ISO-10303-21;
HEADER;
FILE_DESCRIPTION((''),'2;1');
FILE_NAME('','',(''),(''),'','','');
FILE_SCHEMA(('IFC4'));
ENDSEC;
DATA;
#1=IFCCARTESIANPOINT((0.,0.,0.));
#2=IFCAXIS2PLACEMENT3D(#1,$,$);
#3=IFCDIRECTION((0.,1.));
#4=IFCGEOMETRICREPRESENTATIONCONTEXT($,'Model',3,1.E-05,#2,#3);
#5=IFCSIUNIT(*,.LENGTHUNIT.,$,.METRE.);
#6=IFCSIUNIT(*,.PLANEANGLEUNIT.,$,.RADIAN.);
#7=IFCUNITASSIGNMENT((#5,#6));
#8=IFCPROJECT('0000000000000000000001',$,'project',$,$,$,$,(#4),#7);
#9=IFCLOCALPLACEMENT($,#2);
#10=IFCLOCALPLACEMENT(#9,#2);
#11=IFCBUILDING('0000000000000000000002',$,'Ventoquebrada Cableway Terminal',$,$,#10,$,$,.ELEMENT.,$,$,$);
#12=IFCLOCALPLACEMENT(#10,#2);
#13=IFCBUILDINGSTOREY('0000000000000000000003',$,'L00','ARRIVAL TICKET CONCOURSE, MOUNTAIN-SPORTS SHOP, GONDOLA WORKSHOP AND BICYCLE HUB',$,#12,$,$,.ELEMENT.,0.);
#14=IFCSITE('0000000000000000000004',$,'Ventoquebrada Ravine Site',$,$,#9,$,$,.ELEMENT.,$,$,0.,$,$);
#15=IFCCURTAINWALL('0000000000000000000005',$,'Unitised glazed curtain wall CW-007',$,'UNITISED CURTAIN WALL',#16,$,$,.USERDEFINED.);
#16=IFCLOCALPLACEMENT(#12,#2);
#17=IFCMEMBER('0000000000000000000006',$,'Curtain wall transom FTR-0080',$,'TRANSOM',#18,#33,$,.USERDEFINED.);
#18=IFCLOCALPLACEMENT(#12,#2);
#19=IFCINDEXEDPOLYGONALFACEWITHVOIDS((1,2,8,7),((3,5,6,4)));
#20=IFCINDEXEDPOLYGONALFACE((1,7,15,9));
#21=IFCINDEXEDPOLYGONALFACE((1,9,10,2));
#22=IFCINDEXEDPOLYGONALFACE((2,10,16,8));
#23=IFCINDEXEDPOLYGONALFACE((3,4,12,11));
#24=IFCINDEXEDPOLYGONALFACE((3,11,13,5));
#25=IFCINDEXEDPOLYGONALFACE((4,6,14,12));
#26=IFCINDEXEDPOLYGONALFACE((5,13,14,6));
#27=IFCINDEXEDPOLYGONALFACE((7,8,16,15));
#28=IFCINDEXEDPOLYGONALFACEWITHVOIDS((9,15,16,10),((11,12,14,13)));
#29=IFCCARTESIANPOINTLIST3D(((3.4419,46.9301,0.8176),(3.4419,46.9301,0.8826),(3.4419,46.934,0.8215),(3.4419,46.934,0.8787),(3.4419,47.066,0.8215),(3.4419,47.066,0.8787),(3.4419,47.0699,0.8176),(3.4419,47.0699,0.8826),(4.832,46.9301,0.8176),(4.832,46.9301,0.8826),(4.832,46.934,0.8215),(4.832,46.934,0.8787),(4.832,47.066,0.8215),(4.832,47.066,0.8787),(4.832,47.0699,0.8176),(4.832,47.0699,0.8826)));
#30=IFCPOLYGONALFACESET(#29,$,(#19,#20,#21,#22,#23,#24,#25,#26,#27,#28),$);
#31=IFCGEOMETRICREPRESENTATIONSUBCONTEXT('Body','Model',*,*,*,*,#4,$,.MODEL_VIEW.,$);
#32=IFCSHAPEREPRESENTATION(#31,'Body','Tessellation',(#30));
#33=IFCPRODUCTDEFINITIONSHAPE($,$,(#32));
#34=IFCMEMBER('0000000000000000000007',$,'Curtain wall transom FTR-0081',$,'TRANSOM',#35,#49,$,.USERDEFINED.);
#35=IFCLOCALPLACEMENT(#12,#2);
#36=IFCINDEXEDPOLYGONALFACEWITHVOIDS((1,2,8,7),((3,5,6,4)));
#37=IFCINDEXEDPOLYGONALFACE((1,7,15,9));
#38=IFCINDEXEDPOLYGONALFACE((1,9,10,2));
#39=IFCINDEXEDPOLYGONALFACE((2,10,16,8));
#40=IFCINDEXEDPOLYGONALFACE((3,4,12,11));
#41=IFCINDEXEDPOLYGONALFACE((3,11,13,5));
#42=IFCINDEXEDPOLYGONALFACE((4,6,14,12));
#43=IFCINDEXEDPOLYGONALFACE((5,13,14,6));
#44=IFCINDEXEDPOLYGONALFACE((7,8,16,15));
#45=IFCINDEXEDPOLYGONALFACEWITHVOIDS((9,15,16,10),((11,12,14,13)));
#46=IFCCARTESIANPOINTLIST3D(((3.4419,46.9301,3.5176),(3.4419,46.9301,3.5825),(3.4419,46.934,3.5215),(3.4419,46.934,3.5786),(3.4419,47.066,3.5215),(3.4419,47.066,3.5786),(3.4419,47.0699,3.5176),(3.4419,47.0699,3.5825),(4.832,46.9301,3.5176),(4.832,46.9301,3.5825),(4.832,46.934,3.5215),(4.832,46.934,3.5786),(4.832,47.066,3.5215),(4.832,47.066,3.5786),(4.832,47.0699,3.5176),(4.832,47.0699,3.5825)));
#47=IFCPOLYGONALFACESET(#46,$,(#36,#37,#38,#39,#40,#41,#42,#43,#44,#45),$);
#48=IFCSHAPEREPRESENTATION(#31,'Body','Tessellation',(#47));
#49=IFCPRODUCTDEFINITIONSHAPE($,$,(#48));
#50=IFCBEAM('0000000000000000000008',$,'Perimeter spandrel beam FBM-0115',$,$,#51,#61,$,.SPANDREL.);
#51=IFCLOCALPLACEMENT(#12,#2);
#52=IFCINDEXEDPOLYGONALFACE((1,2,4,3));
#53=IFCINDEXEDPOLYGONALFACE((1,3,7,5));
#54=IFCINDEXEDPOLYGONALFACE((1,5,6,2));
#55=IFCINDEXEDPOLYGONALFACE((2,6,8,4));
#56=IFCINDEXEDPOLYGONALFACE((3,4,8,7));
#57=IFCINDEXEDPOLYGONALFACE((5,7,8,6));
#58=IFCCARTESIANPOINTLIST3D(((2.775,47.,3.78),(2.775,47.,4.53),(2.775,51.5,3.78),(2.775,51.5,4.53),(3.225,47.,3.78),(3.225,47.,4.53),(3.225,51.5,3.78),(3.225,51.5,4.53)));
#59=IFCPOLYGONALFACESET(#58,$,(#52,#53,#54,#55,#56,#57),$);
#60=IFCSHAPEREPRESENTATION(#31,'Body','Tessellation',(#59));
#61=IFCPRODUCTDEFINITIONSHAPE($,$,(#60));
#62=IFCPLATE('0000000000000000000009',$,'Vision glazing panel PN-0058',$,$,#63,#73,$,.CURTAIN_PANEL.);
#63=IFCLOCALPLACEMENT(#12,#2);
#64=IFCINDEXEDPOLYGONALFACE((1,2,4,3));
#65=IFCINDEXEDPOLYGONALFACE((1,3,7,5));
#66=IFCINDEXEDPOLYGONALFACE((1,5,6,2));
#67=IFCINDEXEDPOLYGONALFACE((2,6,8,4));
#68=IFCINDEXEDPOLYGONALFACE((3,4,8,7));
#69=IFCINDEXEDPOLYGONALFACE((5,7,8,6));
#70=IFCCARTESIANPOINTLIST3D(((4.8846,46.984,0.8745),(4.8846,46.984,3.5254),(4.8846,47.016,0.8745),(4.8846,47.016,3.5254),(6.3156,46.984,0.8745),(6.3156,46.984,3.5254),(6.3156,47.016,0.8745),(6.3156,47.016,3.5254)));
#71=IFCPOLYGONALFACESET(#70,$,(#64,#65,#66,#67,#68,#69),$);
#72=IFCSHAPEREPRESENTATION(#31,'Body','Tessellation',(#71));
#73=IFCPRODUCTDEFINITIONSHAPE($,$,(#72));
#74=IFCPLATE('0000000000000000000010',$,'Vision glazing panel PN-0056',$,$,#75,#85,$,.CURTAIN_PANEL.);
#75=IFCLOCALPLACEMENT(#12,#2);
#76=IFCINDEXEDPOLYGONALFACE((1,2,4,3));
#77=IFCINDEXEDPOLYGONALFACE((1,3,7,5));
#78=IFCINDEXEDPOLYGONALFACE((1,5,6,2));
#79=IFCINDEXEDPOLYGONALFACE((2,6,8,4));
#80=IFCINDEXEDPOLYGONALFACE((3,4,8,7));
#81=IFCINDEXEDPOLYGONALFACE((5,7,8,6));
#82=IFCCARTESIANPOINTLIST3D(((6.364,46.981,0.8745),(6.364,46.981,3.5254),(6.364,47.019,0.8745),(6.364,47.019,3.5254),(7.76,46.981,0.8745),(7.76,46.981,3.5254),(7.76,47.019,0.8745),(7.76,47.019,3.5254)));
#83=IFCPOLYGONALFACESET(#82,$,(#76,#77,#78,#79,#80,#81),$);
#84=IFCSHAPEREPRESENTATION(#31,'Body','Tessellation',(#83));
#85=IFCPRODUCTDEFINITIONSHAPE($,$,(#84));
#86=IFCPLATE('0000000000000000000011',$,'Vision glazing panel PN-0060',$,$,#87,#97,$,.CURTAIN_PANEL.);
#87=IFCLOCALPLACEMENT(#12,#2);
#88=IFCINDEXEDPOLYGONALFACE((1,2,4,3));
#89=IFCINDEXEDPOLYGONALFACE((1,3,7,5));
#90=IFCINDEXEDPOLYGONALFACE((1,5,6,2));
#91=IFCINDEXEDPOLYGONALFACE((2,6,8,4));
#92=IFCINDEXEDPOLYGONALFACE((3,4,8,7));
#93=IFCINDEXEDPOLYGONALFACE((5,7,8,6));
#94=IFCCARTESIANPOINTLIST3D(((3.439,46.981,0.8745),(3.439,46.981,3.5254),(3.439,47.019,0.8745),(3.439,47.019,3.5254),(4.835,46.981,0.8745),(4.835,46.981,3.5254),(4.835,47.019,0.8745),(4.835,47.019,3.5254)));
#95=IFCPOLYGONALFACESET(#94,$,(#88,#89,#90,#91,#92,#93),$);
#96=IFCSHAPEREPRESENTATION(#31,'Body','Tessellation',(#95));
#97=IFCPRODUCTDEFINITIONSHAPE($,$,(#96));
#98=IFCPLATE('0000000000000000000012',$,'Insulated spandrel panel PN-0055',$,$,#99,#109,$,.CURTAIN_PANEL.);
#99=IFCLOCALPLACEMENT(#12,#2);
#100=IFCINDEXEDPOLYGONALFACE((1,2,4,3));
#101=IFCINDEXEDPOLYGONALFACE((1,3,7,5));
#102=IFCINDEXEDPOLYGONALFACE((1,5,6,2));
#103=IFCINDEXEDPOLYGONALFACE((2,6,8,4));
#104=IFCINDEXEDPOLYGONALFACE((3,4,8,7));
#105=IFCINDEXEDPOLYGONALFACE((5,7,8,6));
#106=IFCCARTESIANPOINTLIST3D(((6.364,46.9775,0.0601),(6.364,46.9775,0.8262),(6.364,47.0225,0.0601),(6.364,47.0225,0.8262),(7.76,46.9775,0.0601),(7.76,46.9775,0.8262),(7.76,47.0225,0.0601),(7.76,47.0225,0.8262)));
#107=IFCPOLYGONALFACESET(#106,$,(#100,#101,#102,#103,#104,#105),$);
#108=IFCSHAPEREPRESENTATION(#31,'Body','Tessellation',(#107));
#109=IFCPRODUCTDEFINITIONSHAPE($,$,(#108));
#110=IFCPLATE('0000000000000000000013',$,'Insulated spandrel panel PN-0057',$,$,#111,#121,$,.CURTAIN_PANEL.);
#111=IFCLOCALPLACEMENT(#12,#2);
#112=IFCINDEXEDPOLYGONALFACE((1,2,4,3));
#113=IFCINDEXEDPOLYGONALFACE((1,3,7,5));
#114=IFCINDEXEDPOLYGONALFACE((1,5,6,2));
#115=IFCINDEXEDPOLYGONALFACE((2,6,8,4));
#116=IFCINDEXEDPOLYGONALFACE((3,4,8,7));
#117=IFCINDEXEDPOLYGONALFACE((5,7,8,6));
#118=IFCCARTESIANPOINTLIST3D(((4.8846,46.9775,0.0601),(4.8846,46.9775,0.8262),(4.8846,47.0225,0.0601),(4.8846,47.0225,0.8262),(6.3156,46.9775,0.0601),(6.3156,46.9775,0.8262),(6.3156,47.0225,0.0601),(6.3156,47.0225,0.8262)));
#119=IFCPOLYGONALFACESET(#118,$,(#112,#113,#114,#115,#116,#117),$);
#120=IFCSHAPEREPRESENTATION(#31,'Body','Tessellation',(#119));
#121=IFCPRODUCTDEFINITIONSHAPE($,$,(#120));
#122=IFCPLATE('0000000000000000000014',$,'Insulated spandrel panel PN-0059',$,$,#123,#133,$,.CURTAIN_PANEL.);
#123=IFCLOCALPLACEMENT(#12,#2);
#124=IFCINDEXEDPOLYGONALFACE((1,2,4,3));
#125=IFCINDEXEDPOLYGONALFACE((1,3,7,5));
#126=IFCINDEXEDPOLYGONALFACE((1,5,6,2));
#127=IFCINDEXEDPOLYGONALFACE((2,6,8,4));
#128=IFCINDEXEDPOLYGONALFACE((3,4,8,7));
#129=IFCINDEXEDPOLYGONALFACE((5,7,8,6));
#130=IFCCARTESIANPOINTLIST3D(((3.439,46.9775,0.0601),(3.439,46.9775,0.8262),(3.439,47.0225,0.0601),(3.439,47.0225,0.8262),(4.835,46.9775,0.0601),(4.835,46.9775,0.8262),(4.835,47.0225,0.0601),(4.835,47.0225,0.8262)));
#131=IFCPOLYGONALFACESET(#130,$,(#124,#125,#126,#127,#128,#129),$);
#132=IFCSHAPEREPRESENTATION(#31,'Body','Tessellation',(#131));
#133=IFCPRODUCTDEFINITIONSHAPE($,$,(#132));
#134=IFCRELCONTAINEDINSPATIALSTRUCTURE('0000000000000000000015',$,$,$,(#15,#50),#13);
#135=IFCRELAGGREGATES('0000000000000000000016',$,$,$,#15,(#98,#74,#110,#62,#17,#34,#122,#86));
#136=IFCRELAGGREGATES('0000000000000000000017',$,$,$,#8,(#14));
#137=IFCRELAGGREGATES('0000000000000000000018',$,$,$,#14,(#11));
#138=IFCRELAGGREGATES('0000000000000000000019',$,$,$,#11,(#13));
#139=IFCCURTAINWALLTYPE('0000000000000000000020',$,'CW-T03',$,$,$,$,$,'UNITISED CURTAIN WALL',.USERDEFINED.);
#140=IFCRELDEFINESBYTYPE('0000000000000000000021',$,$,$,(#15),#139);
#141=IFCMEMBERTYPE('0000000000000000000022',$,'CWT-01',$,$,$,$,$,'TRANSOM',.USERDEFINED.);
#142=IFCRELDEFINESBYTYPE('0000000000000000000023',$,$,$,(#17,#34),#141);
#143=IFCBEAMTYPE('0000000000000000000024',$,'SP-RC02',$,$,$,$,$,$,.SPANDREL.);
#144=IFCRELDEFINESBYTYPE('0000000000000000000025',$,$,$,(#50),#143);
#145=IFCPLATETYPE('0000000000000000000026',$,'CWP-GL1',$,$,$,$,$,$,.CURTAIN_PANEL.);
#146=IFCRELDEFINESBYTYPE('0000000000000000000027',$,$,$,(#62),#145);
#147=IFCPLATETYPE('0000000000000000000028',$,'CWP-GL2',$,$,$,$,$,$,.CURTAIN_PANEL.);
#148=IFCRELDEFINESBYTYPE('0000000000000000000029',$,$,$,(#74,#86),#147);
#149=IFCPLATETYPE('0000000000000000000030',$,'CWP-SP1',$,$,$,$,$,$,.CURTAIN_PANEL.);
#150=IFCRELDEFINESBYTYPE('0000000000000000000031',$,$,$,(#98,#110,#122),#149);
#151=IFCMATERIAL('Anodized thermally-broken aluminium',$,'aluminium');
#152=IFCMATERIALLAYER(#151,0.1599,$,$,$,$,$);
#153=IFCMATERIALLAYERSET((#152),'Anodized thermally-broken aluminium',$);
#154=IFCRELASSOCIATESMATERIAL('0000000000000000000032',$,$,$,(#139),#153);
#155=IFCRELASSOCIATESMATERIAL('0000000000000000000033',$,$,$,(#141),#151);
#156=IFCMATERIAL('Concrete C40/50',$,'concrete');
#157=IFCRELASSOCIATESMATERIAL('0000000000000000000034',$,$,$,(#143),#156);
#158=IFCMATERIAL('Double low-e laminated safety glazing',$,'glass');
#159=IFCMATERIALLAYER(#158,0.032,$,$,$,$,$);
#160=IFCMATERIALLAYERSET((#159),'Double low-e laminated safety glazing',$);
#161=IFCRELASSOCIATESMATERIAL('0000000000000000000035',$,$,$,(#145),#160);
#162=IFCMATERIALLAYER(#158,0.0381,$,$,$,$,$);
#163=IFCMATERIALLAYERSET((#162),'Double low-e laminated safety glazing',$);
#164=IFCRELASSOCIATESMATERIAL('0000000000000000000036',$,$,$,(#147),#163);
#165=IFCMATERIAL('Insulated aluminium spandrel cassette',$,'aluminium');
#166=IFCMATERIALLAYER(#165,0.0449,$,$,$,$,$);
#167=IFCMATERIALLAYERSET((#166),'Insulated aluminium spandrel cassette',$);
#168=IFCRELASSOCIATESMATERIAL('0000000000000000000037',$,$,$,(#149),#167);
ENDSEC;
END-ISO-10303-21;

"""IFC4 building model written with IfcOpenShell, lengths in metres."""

from ifc_helpers import new_model, si_unit, direction, frame, origin, origin_2d, place, context, subcontext, project, spatial, rectangle, hollow_rectangle, extrude, material, layer, layer_set, material_profile, profile_set, type_object, element, aggregate, save


model = new_model("IFC4")

# Units and contexts
model_context = context("Model", 3, precision=1e-05, world=origin(), true_north=direction((0.0, 1.0)))
body_context = subcontext(model_context, "Body", "Model", "MODEL_VIEW")
ifc_project = project(units=[si_unit("LENGTHUNIT", "METRE"), si_unit("PLANEANGLEUNIT", "RADIAN")], contexts=[model_context])

# Site, building, storey
site_placement = place(None, origin())
site = spatial("IfcSite", under=ifc_project, at=site_placement, Name="Ventoquebrada Ravine Site", CompositionType="ELEMENT", RefElevation=0.0)
building_placement = place(site_placement, origin())
building = spatial("IfcBuilding", under=site, at=building_placement, Name="Ventoquebrada Cableway Terminal", CompositionType="ELEMENT")
storey_placement = place(building_placement, origin())
storey = spatial("IfcBuildingStorey", under=building, at=storey_placement, Name="L00", Description="ARRIVAL TICKET CONCOURSE, MOUNTAIN-SPORTS SHOP, GONDOLA WORKSHOP AND BICYCLE HUB", CompositionType="ELEMENT", Elevation=0.0)

# Curtain wall, members
ifc_material_1 = material(Name="Anodized thermally-broken aluminium", Category="aluminium")
ifc_layer_1 = layer(ifc_material_1, 0.1599)
ifc_layer_set_1 = layer_set([ifc_layer_1], Name="Anodized thermally-broken aluminium")
curtain_wall_type = type_object("IfcCurtainWallType", Name="CW-T03", ElementType="UNITISED CURTAIN WALL", PredefinedType="USERDEFINED", material=ifc_layer_set_1)
curtain_wall_placement = place(storey_placement, origin())
curtain_wall = element("IfcCurtainWall", 1, at=curtain_wall_placement, inside=storey, type_object=curtain_wall_type, Name="Unitised glazed curtain wall CW-007", ObjectType="UNITISED CURTAIN WALL", PredefinedType="USERDEFINED")
ifc_material_profile_1 = material_profile(ifc_material_1, hollow_rectangle(XDim=0.0649, YDim=0.1399, WallThickness=0.0039, at=origin_2d()), Name="CW-TRN-65X140")
ifc_profile_set_1 = profile_set([ifc_material_profile_1], Name="Anodized thermally-broken aluminium")
member_type_1 = type_object("IfcMemberType", Name="CWT-01", ElementType="TRANSOM", PredefinedType="USERDEFINED", material=ifc_profile_set_1)
member_1_placement = place(storey_placement, frame((4.832, 47.0, 0.8501), z_axis=(-1.0, 0.0, 0.0), x_axis=(0.0, 0.0, 1.0)))
member_1 = element("IfcMember", 2, at=member_1_placement, type_object=member_type_1, Name="Curtain wall transom FTR-0080", ObjectType="TRANSOM", PredefinedType="USERDEFINED", context=body_context, shape_type="SweptSolid", body=[
    extrude(hollow_rectangle(XDim=0.0649, YDim=0.1399, WallThickness=0.0039, at=origin_2d()), origin(), (0.0, 0.0, 1.0), 1.3901),
])
member_2_placement = place(storey_placement, frame((4.832, 47.0, 3.55), z_axis=(-1.0, 0.0, 0.0), x_axis=(0.0, 0.0, 1.0)))
member_2 = element("IfcMember", 3, at=member_2_placement, type_object=member_type_1, Name="Curtain wall transom FTR-0081", ObjectType="TRANSOM", PredefinedType="USERDEFINED", context=body_context, shape_type="SweptSolid", body=[
    extrude(hollow_rectangle(XDim=0.0649, YDim=0.1399, WallThickness=0.0039, at=origin_2d()), origin(), (0.0, 0.0, 1.0), 1.3901),
])

# Beam
ifc_material_2 = material(Name="Concrete C40/50", Category="concrete")
ifc_material_profile_2 = material_profile(ifc_material_2, rectangle(XDim=0.45, YDim=0.75, at=origin_2d()), Name="RC-BM-450X750")
ifc_profile_set_2 = profile_set([ifc_material_profile_2], Name="Concrete C40/50")
beam_type = type_object("IfcBeamType", Name="SP-RC02", PredefinedType="SPANDREL", material=ifc_profile_set_2)
beam_placement = place(storey_placement, frame((3.0, 47.0, 4.155), z_axis=(0.0, 1.0, 0.0), x_axis=(-1.0, 0.0, 0.0)))
element("IfcBeam", 4, at=beam_placement, inside=storey, type_object=beam_type, Name="Perimeter spandrel beam FBM-0115", PredefinedType="SPANDREL", context=body_context, shape_type="SweptSolid", body=[
    extrude(rectangle(XDim=0.45, YDim=0.75, at=origin_2d()), origin(), (0.0, 0.0, 1.0), 4.5),
])

# Plates
ifc_material_3 = material(Name="Double low-e laminated safety glazing", Category="glass")
ifc_layer_2 = layer(ifc_material_3, 0.032)
ifc_layer_set_2 = layer_set([ifc_layer_2], Name="Double low-e laminated safety glazing")
plate_type_1 = type_object("IfcPlateType", Name="CWP-GL1", PredefinedType="CURTAIN_PANEL", material=ifc_layer_set_2)
plate_1_placement = place(storey_placement, frame((5.6001, 47.0, 0.8745), z_axis=(0.0, 0.0, 1.0), x_axis=(-1.0, 0.0, 0.0)))
plate_1 = element("IfcPlate", 5, at=plate_1_placement, type_object=plate_type_1, Name="Vision glazing panel PN-0058", PredefinedType="CURTAIN_PANEL", context=body_context, shape_type="SweptSolid", body=[
    extrude(rectangle(XDim=1.4309, YDim=0.032, at=origin_2d()), origin(), (0.0, 0.0, 1.0), 2.6509),
])
ifc_layer_3 = layer(ifc_material_3, 0.0381)
ifc_layer_set_3 = layer_set([ifc_layer_3], Name="Double low-e laminated safety glazing")
plate_type_2 = type_object("IfcPlateType", Name="CWP-GL2", PredefinedType="CURTAIN_PANEL", material=ifc_layer_set_3)
plate_2_placement = place(storey_placement, frame((7.062, 47.0, 0.8745), z_axis=(0.0, 0.0, 1.0), x_axis=(-1.0, 0.0, 0.0)))
plate_2 = element("IfcPlate", 6, at=plate_2_placement, type_object=plate_type_2, Name="Vision glazing panel PN-0056", PredefinedType="CURTAIN_PANEL", context=body_context, shape_type="SweptSolid", body=[
    extrude(rectangle(XDim=1.396, YDim=0.0381, at=origin_2d()), origin(), (0.0, 0.0, 1.0), 2.6509),
])
plate_3_placement = place(storey_placement, frame((4.137, 47.0, 0.8745), z_axis=(0.0, 0.0, 1.0), x_axis=(-1.0, 0.0, 0.0)))
plate_3 = element("IfcPlate", 7, at=plate_3_placement, type_object=plate_type_2, Name="Vision glazing panel PN-0060", PredefinedType="CURTAIN_PANEL", context=body_context, shape_type="SweptSolid", body=[
    extrude(rectangle(XDim=1.396, YDim=0.0381, at=origin_2d()), origin(), (0.0, 0.0, 1.0), 2.6509),
])
ifc_material_4 = material(Name="Insulated aluminium spandrel cassette", Category="aluminium")
ifc_layer_4 = layer(ifc_material_4, 0.0449)
ifc_layer_set_4 = layer_set([ifc_layer_4], Name="Insulated aluminium spandrel cassette")
plate_type_3 = type_object("IfcPlateType", Name="CWP-SP1", PredefinedType="CURTAIN_PANEL", material=ifc_layer_set_4)
plate_4_placement = place(storey_placement, frame((7.062, 47.0, 0.0601), z_axis=(0.0, 0.0, 1.0), x_axis=(-1.0, 0.0, 0.0)))
plate_4 = element("IfcPlate", 8, at=plate_4_placement, type_object=plate_type_3, Name="Insulated spandrel panel PN-0055", PredefinedType="CURTAIN_PANEL", context=body_context, shape_type="SweptSolid", body=[
    extrude(rectangle(XDim=1.396, YDim=0.0449, at=origin_2d()), origin(), (0.0, 0.0, 1.0), 0.7661),
])
plate_5_placement = place(storey_placement, frame((5.6001, 47.0, 0.0601), z_axis=(0.0, 0.0, 1.0), x_axis=(-1.0, 0.0, 0.0)))
plate_5 = element("IfcPlate", 9, at=plate_5_placement, type_object=plate_type_3, Name="Insulated spandrel panel PN-0057", PredefinedType="CURTAIN_PANEL", context=body_context, shape_type="SweptSolid", body=[
    extrude(rectangle(XDim=1.4309, YDim=0.0449, at=origin_2d()), origin(), (0.0, 0.0, 1.0), 0.7661),
])
plate_6_placement = place(storey_placement, frame((4.137, 47.0, 0.0601), z_axis=(0.0, 0.0, 1.0), x_axis=(-1.0, 0.0, 0.0)))
plate_6 = element("IfcPlate", 10, at=plate_6_placement, type_object=plate_type_3, Name="Insulated spandrel panel PN-0059", PredefinedType="CURTAIN_PANEL", context=body_context, shape_type="SweptSolid", body=[
    extrude(rectangle(XDim=1.396, YDim=0.0449, at=origin_2d()), origin(), (0.0, 0.0, 1.0), 0.7661),
])
aggregate(curtain_wall, [plate_4, plate_2, plate_5, plate_1, member_1, member_2, plate_6, plate_3])

save(model, "model.ifc")
